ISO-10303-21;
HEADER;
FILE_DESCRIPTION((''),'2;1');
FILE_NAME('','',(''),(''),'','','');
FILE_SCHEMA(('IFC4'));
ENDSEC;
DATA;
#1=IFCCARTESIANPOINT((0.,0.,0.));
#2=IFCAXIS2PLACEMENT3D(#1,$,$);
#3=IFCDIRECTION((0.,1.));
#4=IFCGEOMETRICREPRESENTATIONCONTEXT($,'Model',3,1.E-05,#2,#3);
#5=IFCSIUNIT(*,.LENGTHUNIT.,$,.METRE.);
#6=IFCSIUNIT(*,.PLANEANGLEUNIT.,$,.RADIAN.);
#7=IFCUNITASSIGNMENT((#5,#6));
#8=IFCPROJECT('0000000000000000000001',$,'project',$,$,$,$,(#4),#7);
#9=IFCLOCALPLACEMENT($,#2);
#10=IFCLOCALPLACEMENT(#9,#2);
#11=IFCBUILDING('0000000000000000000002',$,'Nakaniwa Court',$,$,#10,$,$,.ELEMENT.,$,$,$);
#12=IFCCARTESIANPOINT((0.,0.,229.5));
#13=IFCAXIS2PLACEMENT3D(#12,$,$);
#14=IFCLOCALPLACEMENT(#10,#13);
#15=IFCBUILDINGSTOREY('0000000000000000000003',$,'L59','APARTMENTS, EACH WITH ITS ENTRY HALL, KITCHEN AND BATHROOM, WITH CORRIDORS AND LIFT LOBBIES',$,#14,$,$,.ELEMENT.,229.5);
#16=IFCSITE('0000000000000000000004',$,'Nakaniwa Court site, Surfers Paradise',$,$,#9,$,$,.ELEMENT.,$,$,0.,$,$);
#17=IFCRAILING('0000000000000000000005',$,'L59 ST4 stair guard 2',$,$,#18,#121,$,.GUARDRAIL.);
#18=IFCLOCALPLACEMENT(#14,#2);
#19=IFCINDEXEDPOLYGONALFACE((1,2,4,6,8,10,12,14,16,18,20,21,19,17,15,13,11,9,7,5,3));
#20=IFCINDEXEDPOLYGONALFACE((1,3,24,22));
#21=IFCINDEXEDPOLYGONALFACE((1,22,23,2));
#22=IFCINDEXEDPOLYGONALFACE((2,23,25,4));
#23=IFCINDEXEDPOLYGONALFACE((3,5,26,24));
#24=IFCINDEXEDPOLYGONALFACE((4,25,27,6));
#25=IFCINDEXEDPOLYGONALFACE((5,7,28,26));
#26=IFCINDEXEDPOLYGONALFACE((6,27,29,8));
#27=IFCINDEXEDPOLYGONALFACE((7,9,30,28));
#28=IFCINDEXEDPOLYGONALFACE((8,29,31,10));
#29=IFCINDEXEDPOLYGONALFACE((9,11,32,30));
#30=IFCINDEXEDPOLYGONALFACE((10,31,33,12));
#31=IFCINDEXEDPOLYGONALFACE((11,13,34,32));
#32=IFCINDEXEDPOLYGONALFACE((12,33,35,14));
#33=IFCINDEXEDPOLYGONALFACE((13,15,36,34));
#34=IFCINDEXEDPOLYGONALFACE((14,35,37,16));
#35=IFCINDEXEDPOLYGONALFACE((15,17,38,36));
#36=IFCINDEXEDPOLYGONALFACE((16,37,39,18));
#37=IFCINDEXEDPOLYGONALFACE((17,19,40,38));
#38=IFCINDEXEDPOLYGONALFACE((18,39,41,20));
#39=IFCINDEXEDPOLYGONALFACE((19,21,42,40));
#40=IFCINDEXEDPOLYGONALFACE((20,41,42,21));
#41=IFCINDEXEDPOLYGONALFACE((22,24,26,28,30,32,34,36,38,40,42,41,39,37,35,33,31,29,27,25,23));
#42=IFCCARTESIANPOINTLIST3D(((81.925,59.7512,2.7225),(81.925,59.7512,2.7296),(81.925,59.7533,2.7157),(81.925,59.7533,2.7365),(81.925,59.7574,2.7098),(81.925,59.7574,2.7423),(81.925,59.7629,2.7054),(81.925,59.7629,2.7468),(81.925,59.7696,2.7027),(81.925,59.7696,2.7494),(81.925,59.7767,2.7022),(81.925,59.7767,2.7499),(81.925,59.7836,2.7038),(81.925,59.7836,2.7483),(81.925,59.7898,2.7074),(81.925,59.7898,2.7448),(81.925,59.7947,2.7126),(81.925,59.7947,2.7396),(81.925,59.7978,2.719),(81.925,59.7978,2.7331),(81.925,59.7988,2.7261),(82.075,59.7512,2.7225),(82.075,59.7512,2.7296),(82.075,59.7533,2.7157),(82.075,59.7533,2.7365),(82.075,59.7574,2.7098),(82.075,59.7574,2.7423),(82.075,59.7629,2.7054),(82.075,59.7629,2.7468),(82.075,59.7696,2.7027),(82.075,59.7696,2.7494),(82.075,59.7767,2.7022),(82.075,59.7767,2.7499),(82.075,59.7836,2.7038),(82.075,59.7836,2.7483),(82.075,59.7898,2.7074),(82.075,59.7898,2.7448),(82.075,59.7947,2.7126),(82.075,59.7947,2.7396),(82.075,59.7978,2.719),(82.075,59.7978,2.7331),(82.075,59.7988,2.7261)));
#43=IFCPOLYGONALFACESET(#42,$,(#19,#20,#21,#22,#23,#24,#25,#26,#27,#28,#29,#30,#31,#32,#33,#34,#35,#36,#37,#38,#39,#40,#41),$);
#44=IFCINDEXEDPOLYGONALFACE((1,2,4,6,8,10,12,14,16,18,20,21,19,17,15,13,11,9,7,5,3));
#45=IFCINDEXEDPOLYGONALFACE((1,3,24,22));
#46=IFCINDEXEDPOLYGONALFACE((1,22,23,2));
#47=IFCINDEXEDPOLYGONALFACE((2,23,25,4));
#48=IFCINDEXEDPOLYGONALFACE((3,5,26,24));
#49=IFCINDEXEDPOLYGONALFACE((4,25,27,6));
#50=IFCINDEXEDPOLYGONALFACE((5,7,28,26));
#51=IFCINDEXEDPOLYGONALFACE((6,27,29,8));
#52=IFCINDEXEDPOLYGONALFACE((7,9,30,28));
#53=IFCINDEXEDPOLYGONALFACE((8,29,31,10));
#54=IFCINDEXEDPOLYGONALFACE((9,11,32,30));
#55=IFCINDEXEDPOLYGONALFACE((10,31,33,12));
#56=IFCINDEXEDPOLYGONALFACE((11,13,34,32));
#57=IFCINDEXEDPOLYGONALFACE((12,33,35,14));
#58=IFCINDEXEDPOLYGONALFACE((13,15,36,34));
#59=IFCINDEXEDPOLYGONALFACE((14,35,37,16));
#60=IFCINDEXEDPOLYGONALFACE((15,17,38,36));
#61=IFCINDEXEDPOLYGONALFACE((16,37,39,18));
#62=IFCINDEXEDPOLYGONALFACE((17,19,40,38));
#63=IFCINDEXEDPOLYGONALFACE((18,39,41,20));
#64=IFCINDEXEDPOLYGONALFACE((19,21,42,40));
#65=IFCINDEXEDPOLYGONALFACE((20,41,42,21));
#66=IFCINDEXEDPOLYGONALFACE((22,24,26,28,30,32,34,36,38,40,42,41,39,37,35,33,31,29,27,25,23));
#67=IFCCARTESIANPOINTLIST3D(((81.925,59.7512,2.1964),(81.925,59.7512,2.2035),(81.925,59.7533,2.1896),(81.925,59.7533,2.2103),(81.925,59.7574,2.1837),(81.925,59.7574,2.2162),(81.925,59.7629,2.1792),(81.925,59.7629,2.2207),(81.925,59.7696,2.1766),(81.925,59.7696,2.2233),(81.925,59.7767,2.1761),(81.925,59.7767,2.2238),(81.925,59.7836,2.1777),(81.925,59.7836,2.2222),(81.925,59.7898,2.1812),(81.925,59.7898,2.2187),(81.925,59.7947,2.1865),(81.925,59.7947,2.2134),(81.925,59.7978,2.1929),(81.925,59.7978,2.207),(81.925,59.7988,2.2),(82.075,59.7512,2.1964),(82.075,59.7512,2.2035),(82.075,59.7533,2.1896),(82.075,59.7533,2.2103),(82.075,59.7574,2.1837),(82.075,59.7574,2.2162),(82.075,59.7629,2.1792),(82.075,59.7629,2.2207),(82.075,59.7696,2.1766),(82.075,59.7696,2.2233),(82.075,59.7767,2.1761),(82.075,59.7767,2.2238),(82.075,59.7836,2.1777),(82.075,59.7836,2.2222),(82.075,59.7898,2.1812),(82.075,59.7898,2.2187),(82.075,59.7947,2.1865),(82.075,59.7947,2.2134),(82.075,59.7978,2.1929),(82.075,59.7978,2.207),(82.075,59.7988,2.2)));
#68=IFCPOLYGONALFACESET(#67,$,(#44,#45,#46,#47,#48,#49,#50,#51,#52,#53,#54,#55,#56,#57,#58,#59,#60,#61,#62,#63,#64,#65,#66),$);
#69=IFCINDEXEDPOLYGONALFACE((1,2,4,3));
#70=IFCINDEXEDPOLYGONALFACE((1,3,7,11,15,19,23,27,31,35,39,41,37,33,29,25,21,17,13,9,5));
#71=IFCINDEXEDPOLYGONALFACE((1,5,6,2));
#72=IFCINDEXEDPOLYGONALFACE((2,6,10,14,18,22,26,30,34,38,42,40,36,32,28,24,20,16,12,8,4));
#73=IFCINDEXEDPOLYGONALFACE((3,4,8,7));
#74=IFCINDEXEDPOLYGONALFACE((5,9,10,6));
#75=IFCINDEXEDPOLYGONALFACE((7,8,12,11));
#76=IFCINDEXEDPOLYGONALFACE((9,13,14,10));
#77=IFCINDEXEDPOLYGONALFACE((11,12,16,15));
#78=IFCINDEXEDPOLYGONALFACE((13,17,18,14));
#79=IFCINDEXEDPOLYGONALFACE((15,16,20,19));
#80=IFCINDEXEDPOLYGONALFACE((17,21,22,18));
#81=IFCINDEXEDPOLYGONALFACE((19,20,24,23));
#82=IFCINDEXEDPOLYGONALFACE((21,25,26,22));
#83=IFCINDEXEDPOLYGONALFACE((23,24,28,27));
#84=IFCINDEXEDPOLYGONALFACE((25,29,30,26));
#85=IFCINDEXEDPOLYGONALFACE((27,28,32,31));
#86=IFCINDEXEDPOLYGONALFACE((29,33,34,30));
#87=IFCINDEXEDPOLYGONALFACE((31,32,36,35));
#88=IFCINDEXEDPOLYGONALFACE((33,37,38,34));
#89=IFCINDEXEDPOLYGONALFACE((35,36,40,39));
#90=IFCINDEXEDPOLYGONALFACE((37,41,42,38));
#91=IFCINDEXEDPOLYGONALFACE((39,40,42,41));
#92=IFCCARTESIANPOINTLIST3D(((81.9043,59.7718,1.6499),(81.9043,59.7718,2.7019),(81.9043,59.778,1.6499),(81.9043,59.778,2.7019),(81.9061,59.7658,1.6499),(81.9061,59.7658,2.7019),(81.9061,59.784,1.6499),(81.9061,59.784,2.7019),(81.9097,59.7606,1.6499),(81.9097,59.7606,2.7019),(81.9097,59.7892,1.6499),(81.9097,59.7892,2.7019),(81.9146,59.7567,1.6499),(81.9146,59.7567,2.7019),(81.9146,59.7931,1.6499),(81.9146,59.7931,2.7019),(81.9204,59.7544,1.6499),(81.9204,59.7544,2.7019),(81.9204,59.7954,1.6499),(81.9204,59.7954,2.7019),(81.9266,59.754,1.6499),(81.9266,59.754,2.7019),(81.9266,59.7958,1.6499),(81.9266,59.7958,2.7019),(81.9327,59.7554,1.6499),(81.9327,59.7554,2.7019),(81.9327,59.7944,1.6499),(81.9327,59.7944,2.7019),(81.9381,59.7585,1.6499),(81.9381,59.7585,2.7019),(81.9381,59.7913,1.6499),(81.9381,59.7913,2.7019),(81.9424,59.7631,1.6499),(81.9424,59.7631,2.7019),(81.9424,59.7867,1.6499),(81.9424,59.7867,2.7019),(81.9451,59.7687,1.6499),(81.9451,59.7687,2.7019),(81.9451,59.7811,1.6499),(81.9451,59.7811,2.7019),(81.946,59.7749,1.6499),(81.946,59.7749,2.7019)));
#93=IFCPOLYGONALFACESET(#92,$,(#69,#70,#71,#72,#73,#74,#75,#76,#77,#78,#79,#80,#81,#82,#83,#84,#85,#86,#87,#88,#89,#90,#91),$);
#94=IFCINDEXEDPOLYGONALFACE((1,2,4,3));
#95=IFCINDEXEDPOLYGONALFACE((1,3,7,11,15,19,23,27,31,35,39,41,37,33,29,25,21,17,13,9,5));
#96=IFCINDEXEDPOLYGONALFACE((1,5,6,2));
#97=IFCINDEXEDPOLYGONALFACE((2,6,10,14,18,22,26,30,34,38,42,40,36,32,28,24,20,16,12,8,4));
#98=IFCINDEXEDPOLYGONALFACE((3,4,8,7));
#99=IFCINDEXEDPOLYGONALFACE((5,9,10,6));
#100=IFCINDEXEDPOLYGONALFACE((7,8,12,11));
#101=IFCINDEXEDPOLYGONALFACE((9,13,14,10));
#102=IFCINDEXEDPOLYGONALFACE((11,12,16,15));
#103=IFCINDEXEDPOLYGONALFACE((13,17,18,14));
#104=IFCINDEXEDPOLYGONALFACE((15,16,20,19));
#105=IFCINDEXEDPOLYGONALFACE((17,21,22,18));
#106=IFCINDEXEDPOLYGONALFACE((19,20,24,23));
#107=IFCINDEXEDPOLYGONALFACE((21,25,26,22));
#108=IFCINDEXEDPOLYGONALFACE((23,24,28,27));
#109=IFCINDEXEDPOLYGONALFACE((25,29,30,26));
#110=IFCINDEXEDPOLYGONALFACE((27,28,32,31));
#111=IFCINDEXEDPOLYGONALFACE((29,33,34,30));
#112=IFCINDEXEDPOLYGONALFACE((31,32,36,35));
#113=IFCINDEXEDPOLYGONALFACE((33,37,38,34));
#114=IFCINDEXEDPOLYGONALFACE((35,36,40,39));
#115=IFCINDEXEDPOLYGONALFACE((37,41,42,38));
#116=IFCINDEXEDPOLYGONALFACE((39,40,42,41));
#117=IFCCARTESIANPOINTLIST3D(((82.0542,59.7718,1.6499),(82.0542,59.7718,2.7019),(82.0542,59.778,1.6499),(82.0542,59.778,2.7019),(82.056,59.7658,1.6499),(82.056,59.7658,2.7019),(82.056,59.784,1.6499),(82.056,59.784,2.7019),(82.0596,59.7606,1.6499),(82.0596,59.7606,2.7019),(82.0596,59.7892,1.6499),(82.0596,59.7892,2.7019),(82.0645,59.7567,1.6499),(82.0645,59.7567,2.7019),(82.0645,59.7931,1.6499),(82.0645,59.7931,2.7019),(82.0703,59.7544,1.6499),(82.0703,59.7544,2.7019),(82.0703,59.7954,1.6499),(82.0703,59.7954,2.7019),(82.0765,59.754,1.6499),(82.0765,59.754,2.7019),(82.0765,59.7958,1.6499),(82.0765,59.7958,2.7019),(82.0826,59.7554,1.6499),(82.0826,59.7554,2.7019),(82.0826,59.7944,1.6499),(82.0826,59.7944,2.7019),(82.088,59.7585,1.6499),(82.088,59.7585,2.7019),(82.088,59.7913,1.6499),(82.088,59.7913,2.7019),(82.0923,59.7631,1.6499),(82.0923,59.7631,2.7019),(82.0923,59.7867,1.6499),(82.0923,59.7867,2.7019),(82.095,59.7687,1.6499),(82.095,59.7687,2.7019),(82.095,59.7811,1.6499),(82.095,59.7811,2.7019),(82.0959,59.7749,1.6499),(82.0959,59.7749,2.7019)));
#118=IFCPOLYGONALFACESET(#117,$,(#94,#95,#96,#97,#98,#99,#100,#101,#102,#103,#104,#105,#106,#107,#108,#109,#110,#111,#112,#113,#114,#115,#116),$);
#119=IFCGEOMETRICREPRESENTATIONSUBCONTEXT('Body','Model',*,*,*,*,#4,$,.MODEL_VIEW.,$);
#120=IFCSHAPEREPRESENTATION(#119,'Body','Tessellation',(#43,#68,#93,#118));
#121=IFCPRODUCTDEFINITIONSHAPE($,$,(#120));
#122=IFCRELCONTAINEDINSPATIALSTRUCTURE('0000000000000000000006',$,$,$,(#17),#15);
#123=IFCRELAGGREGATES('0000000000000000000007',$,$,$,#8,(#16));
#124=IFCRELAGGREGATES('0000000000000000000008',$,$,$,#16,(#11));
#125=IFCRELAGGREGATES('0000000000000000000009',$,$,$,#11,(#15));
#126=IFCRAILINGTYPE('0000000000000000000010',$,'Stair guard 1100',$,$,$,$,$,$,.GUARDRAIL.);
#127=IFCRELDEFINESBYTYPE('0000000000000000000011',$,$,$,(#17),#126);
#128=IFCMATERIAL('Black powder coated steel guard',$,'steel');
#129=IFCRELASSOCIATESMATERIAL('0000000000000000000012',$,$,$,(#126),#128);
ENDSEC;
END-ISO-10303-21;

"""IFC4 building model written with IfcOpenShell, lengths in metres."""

from ifc_helpers import new_model, si_unit, direction, frame, origin, origin_2d, place, context, subcontext, project, spatial, circle, extrude, material, type_object, element, save


model = new_model("IFC4")

# Units and contexts
model_context = context("Model", 3, precision=1e-05, world=origin(), true_north=direction((0.0, 1.0)))
body_context = subcontext(model_context, "Body", "Model", "MODEL_VIEW")
ifc_project = project(units=[si_unit("LENGTHUNIT", "METRE"), si_unit("PLANEANGLEUNIT", "RADIAN")], contexts=[model_context])

# Site, building, storey
site_placement = place(None, origin())
site = spatial("IfcSite", under=ifc_project, at=site_placement, Name="Nakaniwa Court site, Surfers Paradise", CompositionType="ELEMENT", RefElevation=0.0)
building_placement = place(site_placement, origin())
building = spatial("IfcBuilding", under=site, at=building_placement, Name="Nakaniwa Court", CompositionType="ELEMENT")
storey_placement = place(building_placement, frame((0.0, 0.0, 229.5)))
storey = spatial("IfcBuildingStorey", under=building, at=storey_placement, Name="L59", Description="APARTMENTS, EACH WITH ITS ENTRY HALL, KITCHEN AND BATHROOM, WITH CORRIDORS AND LIFT LOBBIES", CompositionType="ELEMENT", Elevation=229.5)

# Railing
ifc_material_1 = material(Name="Black powder coated steel guard", Category="steel")
railing_type_1 = type_object("IfcRailingType", Name="Stair guard 1100", PredefinedType="GUARDRAIL", material=ifc_material_1)
railing_1_placement = place(storey_placement, frame((81.925, 59.7749, 1.6499)))
element("IfcRailing", 1, at=railing_1_placement, inside=storey, type_object=railing_type_1, Name="L59 ST4 stair guard 2", PredefinedType="GUARDRAIL", context=body_context, shape_type="SweptSolid", body=[
    extrude(circle(Radius=0.0239, at=origin_2d()), frame((0.0, 0.0, 1.0762), z_axis=(1.0, 0.0, 0.0), x_axis=(0.0, 1.0, 0.0)), (0.0, 0.0, 1.0), 0.1499),
    extrude(circle(Radius=0.0239, at=origin_2d()), frame((0.0, 0.0, 0.55), z_axis=(1.0, 0.0, 0.0), x_axis=(0.0, 1.0, 0.0)), (0.0, 0.0, 1.0), 0.1499),
    extrude(circle(Radius=0.021, at=origin_2d()), origin(), (0.0, 0.0, 1.0), 1.052),
    extrude(circle(Radius=0.021, at=origin_2d()), frame((0.1499, 0.0, 0.0)), (0.0, 0.0, 1.0), 1.052),
])

save(model, "model.ifc")
